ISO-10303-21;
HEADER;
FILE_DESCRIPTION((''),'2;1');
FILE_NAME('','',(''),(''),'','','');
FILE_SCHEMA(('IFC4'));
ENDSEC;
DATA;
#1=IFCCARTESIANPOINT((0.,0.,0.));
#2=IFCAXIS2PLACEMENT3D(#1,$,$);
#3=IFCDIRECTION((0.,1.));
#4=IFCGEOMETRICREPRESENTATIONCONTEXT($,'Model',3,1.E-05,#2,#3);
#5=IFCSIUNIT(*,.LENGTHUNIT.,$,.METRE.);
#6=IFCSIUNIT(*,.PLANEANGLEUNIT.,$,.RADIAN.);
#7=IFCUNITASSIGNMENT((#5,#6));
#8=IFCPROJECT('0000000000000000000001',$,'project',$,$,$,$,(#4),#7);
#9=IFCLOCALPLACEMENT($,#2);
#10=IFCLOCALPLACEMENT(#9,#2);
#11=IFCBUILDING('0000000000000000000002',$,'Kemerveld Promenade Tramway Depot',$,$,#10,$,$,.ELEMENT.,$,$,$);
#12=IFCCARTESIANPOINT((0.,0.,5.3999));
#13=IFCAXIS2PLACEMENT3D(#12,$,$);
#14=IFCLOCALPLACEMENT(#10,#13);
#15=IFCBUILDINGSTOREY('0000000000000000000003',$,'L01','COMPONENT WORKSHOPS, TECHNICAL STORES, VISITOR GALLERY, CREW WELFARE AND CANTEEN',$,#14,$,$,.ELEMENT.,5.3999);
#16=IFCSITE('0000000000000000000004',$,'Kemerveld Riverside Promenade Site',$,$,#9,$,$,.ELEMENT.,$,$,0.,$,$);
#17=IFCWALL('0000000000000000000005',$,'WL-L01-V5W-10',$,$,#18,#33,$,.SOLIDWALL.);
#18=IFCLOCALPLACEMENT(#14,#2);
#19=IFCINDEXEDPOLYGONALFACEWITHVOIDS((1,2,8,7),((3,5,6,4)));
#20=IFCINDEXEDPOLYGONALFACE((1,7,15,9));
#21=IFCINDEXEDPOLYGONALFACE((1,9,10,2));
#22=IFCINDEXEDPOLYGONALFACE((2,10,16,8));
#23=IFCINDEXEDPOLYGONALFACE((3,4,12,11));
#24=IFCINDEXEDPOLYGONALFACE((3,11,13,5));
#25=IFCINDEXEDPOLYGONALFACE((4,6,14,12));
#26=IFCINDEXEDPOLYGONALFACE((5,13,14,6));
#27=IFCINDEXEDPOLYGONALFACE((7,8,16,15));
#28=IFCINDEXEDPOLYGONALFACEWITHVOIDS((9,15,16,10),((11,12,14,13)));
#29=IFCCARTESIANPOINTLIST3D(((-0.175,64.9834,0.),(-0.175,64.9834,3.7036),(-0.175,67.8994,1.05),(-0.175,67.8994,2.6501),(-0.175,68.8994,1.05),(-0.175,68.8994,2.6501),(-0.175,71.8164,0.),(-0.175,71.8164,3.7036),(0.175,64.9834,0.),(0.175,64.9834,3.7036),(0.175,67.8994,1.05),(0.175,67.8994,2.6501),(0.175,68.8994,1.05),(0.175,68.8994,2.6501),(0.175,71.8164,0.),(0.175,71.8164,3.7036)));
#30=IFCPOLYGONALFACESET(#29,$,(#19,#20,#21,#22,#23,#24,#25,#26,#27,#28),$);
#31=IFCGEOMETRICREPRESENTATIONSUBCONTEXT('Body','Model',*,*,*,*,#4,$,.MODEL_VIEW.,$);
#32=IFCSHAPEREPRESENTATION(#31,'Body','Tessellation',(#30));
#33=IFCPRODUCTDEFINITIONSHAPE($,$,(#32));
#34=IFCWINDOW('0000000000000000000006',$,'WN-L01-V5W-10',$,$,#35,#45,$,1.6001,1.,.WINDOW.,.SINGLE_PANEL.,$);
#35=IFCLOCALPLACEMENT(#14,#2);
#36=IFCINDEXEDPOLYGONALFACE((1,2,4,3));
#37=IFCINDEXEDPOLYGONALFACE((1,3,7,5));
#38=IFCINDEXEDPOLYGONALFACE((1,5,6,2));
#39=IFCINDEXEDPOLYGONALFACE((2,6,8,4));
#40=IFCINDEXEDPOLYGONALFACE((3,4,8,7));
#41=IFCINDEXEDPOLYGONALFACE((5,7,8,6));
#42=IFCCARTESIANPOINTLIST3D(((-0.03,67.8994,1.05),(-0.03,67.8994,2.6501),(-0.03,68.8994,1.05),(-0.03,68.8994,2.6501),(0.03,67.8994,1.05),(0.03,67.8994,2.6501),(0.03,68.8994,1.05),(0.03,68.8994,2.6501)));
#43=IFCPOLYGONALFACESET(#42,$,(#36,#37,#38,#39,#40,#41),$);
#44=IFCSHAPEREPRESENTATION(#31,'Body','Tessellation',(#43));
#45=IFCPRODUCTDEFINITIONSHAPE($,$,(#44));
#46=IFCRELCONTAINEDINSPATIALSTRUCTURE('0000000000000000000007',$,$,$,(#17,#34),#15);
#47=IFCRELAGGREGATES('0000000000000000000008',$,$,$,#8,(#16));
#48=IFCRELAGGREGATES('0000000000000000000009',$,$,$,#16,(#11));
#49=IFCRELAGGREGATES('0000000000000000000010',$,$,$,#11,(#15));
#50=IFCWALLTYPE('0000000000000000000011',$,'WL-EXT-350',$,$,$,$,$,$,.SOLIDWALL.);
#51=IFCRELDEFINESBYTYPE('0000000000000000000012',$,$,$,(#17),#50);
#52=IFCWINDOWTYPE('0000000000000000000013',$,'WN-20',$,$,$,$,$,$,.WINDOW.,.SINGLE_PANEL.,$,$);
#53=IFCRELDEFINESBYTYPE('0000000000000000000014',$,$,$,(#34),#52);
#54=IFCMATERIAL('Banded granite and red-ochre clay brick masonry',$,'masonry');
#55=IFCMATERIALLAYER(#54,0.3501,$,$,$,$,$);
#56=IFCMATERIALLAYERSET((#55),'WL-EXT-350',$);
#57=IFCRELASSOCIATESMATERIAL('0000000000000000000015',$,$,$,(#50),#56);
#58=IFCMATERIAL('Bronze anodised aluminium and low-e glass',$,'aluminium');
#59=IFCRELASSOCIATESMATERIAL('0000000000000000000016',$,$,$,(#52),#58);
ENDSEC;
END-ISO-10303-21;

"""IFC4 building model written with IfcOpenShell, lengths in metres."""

from ifc_helpers import new_model, si_unit, direction, frame, frame_2d, origin, place, context, subcontext, project, spatial, rectangle, extrude, material, layer, layer_set, type_object, element, fill, save


model = new_model("IFC4")

# Units and contexts
model_context = context("Model", 3, precision=1e-05, world=origin(), true_north=direction((0.0, 1.0)))
body_context = subcontext(model_context, "Body", "Model", "MODEL_VIEW")
ifc_project = project(units=[si_unit("LENGTHUNIT", "METRE"), si_unit("PLANEANGLEUNIT", "RADIAN")], contexts=[model_context])

# Site, building, storey
site_placement = place(None, origin())
site = spatial("IfcSite", under=ifc_project, at=site_placement, Name="Kemerveld Riverside Promenade Site", CompositionType="ELEMENT", RefElevation=0.0)
building_placement = place(site_placement, origin())
building = spatial("IfcBuilding", under=site, at=building_placement, Name="Kemerveld Promenade Tramway Depot", CompositionType="ELEMENT")
storey_placement = place(building_placement, frame((0.0, 0.0, 5.3999)))
storey = spatial("IfcBuildingStorey", under=building, at=storey_placement, Name="L01", Description="COMPONENT WORKSHOPS, TECHNICAL STORES, VISITOR GALLERY, CREW WELFARE AND CANTEEN", CompositionType="ELEMENT", Elevation=5.3999)

# Wall, opening, window
ifc_material_1 = material(Name="Banded granite and red-ochre clay brick masonry", Category="masonry")
ifc_layer_1 = layer(ifc_material_1, 0.3501)
ifc_layer_set_1 = layer_set([ifc_layer_1], Name="WL-EXT-350")
wall_type = type_object("IfcWallType", Name="WL-EXT-350", PredefinedType="SOLIDWALL", material=ifc_layer_set_1)
wall_placement = place(storey_placement, frame((0.0, 64.9834, 0.0), z_axis=(0.0, 0.0, 1.0), x_axis=(0.0, 1.0, 0.0)))
wall = element("IfcWall", 1, at=wall_placement, inside=storey, type_object=wall_type, Name="WL-L01-V5W-10", PredefinedType="SOLIDWALL", context=body_context, shape_type="SweptSolid", body=[
    extrude(rectangle(XDim=6.833, YDim=0.3501, at=frame_2d((3.4165, 0.0))), origin(), (0.0, 0.0, 1.0), 3.7036),
])
opening_placement = place(wall_placement, frame((2.916, 0.0, 1.05)))
opening = element("IfcOpeningElement", 2, at=opening_placement, cuts=wall, PredefinedType="OPENING", context=body_context, shape_type="SweptSolid", body=[
    extrude(rectangle(XDim=1.0, YDim=1.6001, at=frame_2d((0.5, 0.8))), frame((0.0, 0.1851, 0.0), z_axis=(0.0, -1.0, 0.0), x_axis=(1.0, 0.0, 0.0)), (0.0, 0.0, 1.0), 0.3701),
])
ifc_material_2 = material(Name="Bronze anodised aluminium and low-e glass", Category="aluminium")
window_type = type_object("IfcWindowType", Name="WN-20", PartitioningType="SINGLE_PANEL", PredefinedType="WINDOW", material=ifc_material_2)
window_placement = place(opening_placement, origin())
window = element("IfcWindow", 3, at=window_placement, inside=storey, type_object=window_type, Name="WN-L01-V5W-10", OverallHeight=1.6001, OverallWidth=1.0, PartitioningType="SINGLE_PANEL", PredefinedType="WINDOW", context=body_context, shape_type="SweptSolid", body=[
    extrude(rectangle(XDim=1.0, YDim=1.6001, at=frame_2d((0.5, 0.8))), frame((0.0, 0.03, 0.0), z_axis=(0.0, -1.0, 0.0), x_axis=(1.0, 0.0, 0.0)), (0.0, 0.0, 1.0), 0.0601),
])
fill(opening, window)

save(model, "model.ifc")
